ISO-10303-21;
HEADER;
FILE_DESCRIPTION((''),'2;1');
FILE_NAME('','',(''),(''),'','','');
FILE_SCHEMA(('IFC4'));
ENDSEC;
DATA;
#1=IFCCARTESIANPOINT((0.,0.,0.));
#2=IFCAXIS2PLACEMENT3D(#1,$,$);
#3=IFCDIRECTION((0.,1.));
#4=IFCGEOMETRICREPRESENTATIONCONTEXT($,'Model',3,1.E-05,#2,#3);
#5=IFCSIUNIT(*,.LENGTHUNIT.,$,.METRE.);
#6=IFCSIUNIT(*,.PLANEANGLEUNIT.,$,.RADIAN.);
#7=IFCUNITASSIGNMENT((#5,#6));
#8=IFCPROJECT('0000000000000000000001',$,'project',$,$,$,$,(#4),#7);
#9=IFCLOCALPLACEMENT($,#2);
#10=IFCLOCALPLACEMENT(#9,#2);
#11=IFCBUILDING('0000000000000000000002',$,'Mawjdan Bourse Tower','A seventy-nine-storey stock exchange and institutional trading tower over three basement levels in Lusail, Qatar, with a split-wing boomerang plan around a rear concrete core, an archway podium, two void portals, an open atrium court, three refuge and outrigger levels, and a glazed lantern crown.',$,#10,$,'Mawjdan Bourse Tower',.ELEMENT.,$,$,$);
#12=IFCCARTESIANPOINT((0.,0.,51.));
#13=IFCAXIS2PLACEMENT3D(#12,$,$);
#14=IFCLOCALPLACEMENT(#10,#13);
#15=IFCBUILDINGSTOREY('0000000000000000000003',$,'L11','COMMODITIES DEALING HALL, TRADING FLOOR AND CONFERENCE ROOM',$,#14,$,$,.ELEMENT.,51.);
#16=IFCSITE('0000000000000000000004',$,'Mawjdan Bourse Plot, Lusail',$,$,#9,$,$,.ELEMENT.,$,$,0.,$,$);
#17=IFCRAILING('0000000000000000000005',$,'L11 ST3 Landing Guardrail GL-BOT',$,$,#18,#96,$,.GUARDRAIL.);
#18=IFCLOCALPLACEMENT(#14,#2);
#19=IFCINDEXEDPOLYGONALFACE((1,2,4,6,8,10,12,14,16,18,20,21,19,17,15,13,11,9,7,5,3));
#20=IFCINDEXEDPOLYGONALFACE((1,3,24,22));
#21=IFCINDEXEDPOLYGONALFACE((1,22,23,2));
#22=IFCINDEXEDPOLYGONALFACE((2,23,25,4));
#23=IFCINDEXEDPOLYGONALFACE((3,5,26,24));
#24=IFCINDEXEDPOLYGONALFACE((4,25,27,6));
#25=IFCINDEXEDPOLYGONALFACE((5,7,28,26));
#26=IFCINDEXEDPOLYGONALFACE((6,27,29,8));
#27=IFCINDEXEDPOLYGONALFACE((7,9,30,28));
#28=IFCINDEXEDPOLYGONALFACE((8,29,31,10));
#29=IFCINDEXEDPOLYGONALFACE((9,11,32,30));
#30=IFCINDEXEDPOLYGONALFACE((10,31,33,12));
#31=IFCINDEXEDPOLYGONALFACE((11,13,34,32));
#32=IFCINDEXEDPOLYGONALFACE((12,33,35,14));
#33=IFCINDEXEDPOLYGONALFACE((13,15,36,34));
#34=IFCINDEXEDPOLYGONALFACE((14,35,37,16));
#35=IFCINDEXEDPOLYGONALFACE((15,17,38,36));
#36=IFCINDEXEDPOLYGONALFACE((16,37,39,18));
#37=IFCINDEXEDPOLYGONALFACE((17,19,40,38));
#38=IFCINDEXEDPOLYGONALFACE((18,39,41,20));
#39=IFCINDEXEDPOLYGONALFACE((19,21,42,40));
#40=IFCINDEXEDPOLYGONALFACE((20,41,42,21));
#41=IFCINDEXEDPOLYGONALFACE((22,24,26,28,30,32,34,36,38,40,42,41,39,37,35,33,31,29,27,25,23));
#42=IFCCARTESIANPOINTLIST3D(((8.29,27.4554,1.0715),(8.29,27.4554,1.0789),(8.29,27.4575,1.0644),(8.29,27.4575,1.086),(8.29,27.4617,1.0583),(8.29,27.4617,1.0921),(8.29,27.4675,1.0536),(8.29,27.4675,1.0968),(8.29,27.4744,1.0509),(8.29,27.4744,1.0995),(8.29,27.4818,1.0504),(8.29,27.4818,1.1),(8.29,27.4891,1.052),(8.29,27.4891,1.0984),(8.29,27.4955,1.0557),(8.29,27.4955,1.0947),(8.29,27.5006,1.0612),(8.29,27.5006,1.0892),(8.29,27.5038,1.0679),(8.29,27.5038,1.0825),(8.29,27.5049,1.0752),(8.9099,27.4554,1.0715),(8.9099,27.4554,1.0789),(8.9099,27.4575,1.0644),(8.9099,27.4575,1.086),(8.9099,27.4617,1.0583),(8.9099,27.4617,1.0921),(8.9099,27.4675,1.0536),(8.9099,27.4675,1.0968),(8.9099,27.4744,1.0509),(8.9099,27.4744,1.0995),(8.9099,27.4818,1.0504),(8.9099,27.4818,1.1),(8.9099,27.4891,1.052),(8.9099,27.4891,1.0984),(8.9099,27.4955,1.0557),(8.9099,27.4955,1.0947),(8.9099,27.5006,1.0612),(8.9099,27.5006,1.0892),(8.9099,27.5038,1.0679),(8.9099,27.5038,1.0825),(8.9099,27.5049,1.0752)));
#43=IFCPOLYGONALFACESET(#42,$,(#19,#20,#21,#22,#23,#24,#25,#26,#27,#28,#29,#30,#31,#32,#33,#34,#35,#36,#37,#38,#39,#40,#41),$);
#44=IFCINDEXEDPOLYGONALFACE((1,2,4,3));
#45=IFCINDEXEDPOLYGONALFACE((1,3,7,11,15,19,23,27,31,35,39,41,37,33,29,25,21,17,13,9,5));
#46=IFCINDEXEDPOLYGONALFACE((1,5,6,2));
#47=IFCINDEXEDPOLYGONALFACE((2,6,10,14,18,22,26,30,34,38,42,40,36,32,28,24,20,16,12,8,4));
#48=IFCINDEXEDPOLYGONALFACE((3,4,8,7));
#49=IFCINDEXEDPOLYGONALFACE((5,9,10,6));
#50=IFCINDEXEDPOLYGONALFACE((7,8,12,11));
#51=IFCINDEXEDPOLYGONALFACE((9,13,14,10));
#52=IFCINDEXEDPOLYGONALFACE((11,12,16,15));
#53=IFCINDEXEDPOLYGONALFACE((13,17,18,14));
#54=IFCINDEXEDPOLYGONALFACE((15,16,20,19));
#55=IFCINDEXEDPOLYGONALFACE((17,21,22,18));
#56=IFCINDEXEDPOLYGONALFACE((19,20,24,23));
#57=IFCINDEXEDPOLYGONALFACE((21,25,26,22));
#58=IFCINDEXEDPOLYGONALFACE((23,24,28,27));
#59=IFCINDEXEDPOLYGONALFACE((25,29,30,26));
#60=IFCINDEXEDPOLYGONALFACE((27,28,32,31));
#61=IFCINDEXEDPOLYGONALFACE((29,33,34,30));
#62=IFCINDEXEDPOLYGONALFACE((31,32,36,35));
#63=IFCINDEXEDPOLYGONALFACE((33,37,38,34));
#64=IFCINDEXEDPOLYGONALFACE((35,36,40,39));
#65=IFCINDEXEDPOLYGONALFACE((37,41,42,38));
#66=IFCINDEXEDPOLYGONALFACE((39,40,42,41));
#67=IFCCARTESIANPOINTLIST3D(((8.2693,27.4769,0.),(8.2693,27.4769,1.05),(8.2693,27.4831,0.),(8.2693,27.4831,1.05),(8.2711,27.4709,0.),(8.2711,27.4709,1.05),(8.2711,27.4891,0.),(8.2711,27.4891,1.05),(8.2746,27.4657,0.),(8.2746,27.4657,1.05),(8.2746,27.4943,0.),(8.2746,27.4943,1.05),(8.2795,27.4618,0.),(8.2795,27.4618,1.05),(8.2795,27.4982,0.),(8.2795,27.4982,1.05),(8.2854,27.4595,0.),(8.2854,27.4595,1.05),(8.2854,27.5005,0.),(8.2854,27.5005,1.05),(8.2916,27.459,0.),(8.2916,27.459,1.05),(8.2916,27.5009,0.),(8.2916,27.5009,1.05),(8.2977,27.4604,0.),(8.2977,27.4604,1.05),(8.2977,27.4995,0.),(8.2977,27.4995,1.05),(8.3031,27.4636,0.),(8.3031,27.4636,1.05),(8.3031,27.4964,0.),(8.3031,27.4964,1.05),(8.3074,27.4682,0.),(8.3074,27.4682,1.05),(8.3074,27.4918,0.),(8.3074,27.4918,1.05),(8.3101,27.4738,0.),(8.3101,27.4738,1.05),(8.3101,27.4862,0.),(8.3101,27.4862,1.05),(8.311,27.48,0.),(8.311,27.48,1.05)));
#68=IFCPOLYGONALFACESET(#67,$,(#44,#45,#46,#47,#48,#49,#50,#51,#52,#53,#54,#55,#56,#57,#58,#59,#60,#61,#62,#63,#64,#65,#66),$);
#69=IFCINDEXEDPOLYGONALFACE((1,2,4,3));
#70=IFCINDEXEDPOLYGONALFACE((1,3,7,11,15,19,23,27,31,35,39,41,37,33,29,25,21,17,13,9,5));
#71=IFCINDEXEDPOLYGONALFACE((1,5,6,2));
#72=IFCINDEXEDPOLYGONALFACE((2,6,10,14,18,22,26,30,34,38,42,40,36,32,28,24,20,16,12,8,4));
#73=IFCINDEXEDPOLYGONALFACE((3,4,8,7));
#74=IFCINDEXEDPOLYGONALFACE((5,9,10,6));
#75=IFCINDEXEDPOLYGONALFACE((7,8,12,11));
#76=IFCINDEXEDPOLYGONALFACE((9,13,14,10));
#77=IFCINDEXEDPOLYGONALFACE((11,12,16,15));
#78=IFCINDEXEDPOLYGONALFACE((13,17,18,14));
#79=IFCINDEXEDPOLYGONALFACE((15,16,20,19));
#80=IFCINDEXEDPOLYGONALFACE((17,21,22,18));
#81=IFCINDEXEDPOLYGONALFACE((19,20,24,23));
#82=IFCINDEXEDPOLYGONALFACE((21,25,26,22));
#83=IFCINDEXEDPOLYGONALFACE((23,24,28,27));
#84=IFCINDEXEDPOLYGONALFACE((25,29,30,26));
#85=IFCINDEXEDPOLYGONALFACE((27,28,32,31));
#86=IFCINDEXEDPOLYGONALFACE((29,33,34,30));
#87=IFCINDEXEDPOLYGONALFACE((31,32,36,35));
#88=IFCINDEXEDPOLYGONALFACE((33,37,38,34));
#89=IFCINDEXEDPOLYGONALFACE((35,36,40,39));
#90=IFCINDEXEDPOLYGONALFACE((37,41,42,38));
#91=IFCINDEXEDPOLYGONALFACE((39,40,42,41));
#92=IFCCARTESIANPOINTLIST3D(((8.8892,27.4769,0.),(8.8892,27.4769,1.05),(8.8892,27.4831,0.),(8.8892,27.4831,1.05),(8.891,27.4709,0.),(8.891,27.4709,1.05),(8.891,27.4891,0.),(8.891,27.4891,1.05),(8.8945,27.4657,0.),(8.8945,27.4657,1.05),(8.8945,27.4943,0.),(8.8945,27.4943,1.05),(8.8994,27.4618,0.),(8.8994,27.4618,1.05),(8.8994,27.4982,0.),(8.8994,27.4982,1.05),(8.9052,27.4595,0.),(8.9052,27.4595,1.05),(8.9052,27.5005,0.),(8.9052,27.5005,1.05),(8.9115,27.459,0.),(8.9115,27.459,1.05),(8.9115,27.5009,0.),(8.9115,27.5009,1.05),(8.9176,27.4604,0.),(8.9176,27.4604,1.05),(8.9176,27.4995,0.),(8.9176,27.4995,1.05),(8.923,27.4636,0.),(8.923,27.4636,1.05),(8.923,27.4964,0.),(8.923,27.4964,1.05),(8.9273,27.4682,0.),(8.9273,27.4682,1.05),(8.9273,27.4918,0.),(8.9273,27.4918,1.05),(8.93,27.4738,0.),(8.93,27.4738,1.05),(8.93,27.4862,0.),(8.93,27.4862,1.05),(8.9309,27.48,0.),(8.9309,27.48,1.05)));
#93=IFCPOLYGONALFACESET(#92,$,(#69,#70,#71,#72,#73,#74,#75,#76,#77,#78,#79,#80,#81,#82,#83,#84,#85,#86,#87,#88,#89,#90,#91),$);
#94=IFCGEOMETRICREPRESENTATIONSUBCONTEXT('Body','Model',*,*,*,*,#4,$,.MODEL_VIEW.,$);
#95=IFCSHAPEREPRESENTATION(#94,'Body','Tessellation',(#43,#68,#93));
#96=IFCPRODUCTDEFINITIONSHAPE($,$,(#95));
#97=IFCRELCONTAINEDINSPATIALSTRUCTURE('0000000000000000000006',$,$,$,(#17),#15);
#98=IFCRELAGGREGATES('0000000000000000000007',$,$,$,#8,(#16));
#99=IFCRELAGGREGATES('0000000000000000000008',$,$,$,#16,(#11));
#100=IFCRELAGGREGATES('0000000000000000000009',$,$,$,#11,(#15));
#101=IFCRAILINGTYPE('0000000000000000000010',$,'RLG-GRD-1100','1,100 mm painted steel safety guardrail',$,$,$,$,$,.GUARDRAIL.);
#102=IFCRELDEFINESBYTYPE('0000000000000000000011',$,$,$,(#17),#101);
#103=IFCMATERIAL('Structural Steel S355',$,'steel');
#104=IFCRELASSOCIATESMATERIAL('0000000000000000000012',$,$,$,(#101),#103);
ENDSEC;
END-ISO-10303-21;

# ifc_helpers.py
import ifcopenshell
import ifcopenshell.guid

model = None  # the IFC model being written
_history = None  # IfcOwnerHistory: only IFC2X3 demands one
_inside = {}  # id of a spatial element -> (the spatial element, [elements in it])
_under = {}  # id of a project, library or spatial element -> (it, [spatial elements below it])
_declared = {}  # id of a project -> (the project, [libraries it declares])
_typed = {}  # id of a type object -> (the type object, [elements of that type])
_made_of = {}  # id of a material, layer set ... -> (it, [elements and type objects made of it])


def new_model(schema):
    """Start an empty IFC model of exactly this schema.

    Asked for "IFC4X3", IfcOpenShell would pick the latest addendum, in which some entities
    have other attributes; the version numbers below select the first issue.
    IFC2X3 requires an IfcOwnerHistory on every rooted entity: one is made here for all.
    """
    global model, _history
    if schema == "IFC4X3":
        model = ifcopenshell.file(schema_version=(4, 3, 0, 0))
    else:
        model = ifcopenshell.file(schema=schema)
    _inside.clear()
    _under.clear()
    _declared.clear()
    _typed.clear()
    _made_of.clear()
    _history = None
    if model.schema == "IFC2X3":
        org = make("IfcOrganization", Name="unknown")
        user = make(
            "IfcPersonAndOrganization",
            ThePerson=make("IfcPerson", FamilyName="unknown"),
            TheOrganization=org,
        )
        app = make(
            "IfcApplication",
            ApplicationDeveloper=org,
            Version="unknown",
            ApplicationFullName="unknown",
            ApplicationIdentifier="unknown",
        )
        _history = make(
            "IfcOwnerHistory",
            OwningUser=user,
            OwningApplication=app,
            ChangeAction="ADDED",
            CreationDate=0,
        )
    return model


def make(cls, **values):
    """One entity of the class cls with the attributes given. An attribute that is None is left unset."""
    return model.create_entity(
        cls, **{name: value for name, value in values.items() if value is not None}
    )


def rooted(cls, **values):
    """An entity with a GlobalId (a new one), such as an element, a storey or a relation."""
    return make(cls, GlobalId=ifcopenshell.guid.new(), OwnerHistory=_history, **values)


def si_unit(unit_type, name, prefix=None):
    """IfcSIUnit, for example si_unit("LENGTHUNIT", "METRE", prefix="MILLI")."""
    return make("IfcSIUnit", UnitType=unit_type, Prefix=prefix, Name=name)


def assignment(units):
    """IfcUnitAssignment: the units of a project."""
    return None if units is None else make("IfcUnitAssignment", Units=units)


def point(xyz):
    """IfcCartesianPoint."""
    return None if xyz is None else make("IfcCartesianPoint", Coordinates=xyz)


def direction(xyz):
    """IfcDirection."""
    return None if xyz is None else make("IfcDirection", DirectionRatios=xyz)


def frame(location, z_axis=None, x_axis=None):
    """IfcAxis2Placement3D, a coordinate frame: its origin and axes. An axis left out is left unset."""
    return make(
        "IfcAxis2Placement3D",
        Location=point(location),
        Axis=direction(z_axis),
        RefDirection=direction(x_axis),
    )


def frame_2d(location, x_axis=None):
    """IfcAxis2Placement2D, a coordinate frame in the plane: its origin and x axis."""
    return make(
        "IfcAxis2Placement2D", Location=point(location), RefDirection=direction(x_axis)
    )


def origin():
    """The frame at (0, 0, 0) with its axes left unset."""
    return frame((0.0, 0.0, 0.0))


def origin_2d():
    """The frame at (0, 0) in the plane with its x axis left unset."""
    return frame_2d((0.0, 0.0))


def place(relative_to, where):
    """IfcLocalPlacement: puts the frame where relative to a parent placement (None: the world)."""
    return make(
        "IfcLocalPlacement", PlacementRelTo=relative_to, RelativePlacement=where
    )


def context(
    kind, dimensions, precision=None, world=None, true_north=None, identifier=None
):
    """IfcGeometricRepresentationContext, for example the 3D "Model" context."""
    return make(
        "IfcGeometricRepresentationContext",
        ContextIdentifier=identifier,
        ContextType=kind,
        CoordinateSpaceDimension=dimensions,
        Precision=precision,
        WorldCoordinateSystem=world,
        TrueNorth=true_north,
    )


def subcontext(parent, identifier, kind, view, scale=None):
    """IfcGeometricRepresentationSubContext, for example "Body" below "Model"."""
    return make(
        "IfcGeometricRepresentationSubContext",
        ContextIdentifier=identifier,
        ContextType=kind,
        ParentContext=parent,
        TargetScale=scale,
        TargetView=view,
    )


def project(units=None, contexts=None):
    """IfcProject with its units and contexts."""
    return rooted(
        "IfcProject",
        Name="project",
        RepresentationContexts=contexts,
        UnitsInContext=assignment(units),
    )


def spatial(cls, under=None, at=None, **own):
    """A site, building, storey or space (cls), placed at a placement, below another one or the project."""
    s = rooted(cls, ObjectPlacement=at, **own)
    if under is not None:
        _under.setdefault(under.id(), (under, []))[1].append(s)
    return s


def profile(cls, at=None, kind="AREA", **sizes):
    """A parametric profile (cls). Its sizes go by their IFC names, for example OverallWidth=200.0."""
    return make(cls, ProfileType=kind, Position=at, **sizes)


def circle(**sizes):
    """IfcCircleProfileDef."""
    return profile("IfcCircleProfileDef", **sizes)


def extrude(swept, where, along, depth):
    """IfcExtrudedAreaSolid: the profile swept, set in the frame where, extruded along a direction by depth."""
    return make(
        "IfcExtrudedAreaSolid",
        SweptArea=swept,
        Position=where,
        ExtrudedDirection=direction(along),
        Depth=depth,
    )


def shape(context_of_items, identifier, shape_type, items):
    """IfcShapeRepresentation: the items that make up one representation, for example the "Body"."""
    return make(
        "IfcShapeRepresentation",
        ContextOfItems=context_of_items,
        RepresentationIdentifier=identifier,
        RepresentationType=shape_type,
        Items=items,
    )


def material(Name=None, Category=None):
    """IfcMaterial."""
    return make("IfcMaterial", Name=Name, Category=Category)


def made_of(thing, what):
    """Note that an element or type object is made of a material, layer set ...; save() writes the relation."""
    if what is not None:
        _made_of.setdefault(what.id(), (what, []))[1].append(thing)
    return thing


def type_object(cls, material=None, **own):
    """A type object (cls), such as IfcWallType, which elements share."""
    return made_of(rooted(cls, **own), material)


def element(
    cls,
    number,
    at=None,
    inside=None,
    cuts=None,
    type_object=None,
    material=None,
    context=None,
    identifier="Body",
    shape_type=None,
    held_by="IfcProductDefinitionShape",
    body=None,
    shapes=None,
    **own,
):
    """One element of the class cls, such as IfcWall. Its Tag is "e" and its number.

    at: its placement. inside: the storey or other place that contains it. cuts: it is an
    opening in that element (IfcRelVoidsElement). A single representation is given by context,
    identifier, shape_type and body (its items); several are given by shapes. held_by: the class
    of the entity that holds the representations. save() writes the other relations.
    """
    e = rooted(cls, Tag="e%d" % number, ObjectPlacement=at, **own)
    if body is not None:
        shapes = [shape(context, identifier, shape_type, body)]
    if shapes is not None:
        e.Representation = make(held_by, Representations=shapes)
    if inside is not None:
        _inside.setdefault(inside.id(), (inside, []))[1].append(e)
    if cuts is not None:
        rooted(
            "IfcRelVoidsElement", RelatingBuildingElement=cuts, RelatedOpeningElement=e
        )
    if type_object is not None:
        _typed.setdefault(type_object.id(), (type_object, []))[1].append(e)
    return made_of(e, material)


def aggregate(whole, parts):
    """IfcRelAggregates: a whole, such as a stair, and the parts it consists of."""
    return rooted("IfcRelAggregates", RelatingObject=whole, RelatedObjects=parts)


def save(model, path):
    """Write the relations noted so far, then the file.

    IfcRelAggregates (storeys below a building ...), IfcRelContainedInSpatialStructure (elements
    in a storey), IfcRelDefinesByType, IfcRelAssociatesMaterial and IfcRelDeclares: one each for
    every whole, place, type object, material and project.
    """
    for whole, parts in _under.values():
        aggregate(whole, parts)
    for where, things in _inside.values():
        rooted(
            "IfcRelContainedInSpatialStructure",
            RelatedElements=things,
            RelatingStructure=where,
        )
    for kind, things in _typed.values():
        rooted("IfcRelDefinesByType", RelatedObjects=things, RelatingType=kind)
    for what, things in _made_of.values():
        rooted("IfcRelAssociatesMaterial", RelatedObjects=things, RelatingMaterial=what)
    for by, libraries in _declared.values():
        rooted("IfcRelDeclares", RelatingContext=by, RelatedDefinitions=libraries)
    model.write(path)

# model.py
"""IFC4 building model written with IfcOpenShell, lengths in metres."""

from ifc_helpers import new_model, si_unit, direction, frame, origin, origin_2d, place, context, subcontext, project, spatial, circle, extrude, material, type_object, element, save


model = new_model("IFC4")

# Units and contexts
model_context = context("Model", 3, precision=1e-05, world=origin(), true_north=direction((0.0, 1.0)))
body_context = subcontext(model_context, "Body", "Model", "MODEL_VIEW")
ifc_project = project(units=[si_unit("LENGTHUNIT", "METRE"), si_unit("PLANEANGLEUNIT", "RADIAN")], contexts=[model_context])

# Site, building, storey
site_placement = place(None, origin())
site = spatial("IfcSite", under=ifc_project, at=site_placement, Name="Mawjdan Bourse Plot, Lusail", CompositionType="ELEMENT", RefElevation=0.0)
building_placement = place(site_placement, origin())
building = spatial("IfcBuilding", under=site, at=building_placement, Name="Mawjdan Bourse Tower", Description="A seventy-nine-storey stock exchange and institutional trading tower over three basement levels in Lusail, Qatar, with a split-wing boomerang plan around a rear concrete core, an archway podium, two void portals, an open atrium court, three refuge and outrigger levels, and a glazed lantern crown.", LongName="Mawjdan Bourse Tower", CompositionType="ELEMENT")
storey_placement = place(building_placement, frame((0.0, 0.0, 51.0)))
storey = spatial("IfcBuildingStorey", under=building, at=storey_placement, Name="L11", Description="COMMODITIES DEALING HALL, TRADING FLOOR AND CONFERENCE ROOM", CompositionType="ELEMENT", Elevation=51.0)

# Shared definitions
ifc_material_1 = material(Name="Structural Steel S355", Category="steel")

# Railing
railing_type_1 = type_object("IfcRailingType", Name="RLG-GRD-1100", Description="1,100 mm painted steel safety guardrail", PredefinedType="GUARDRAIL", material=ifc_material_1)
for number, where, name in (
    (1, (8.29, 27.48, 0.0), "L11 ST3 Landing Guardrail GL-BOT"),
):
    element("IfcRailing", number, at=place(storey_placement, frame(where)), inside=storey, type_object=railing_type_1, Name=name, PredefinedType="GUARDRAIL", context=body_context, shape_type="SweptSolid", body=[
        extrude(circle(Radius=0.0249, at=origin_2d()), frame((0.0, 0.0, 1.0752), z_axis=(1.0, 0.0, 0.0), x_axis=(0.0, 1.0, 0.0)), (0.0, 0.0, 1.0), 0.6199),
        extrude(circle(Radius=0.021, at=origin_2d()), origin(), (0.0, 0.0, 1.0), 1.05),
        extrude(circle(Radius=0.021, at=origin_2d()), frame((0.6199, 0.0, 0.0)), (0.0, 0.0, 1.0), 1.05),
    ])

save(model, "model.ifc")
